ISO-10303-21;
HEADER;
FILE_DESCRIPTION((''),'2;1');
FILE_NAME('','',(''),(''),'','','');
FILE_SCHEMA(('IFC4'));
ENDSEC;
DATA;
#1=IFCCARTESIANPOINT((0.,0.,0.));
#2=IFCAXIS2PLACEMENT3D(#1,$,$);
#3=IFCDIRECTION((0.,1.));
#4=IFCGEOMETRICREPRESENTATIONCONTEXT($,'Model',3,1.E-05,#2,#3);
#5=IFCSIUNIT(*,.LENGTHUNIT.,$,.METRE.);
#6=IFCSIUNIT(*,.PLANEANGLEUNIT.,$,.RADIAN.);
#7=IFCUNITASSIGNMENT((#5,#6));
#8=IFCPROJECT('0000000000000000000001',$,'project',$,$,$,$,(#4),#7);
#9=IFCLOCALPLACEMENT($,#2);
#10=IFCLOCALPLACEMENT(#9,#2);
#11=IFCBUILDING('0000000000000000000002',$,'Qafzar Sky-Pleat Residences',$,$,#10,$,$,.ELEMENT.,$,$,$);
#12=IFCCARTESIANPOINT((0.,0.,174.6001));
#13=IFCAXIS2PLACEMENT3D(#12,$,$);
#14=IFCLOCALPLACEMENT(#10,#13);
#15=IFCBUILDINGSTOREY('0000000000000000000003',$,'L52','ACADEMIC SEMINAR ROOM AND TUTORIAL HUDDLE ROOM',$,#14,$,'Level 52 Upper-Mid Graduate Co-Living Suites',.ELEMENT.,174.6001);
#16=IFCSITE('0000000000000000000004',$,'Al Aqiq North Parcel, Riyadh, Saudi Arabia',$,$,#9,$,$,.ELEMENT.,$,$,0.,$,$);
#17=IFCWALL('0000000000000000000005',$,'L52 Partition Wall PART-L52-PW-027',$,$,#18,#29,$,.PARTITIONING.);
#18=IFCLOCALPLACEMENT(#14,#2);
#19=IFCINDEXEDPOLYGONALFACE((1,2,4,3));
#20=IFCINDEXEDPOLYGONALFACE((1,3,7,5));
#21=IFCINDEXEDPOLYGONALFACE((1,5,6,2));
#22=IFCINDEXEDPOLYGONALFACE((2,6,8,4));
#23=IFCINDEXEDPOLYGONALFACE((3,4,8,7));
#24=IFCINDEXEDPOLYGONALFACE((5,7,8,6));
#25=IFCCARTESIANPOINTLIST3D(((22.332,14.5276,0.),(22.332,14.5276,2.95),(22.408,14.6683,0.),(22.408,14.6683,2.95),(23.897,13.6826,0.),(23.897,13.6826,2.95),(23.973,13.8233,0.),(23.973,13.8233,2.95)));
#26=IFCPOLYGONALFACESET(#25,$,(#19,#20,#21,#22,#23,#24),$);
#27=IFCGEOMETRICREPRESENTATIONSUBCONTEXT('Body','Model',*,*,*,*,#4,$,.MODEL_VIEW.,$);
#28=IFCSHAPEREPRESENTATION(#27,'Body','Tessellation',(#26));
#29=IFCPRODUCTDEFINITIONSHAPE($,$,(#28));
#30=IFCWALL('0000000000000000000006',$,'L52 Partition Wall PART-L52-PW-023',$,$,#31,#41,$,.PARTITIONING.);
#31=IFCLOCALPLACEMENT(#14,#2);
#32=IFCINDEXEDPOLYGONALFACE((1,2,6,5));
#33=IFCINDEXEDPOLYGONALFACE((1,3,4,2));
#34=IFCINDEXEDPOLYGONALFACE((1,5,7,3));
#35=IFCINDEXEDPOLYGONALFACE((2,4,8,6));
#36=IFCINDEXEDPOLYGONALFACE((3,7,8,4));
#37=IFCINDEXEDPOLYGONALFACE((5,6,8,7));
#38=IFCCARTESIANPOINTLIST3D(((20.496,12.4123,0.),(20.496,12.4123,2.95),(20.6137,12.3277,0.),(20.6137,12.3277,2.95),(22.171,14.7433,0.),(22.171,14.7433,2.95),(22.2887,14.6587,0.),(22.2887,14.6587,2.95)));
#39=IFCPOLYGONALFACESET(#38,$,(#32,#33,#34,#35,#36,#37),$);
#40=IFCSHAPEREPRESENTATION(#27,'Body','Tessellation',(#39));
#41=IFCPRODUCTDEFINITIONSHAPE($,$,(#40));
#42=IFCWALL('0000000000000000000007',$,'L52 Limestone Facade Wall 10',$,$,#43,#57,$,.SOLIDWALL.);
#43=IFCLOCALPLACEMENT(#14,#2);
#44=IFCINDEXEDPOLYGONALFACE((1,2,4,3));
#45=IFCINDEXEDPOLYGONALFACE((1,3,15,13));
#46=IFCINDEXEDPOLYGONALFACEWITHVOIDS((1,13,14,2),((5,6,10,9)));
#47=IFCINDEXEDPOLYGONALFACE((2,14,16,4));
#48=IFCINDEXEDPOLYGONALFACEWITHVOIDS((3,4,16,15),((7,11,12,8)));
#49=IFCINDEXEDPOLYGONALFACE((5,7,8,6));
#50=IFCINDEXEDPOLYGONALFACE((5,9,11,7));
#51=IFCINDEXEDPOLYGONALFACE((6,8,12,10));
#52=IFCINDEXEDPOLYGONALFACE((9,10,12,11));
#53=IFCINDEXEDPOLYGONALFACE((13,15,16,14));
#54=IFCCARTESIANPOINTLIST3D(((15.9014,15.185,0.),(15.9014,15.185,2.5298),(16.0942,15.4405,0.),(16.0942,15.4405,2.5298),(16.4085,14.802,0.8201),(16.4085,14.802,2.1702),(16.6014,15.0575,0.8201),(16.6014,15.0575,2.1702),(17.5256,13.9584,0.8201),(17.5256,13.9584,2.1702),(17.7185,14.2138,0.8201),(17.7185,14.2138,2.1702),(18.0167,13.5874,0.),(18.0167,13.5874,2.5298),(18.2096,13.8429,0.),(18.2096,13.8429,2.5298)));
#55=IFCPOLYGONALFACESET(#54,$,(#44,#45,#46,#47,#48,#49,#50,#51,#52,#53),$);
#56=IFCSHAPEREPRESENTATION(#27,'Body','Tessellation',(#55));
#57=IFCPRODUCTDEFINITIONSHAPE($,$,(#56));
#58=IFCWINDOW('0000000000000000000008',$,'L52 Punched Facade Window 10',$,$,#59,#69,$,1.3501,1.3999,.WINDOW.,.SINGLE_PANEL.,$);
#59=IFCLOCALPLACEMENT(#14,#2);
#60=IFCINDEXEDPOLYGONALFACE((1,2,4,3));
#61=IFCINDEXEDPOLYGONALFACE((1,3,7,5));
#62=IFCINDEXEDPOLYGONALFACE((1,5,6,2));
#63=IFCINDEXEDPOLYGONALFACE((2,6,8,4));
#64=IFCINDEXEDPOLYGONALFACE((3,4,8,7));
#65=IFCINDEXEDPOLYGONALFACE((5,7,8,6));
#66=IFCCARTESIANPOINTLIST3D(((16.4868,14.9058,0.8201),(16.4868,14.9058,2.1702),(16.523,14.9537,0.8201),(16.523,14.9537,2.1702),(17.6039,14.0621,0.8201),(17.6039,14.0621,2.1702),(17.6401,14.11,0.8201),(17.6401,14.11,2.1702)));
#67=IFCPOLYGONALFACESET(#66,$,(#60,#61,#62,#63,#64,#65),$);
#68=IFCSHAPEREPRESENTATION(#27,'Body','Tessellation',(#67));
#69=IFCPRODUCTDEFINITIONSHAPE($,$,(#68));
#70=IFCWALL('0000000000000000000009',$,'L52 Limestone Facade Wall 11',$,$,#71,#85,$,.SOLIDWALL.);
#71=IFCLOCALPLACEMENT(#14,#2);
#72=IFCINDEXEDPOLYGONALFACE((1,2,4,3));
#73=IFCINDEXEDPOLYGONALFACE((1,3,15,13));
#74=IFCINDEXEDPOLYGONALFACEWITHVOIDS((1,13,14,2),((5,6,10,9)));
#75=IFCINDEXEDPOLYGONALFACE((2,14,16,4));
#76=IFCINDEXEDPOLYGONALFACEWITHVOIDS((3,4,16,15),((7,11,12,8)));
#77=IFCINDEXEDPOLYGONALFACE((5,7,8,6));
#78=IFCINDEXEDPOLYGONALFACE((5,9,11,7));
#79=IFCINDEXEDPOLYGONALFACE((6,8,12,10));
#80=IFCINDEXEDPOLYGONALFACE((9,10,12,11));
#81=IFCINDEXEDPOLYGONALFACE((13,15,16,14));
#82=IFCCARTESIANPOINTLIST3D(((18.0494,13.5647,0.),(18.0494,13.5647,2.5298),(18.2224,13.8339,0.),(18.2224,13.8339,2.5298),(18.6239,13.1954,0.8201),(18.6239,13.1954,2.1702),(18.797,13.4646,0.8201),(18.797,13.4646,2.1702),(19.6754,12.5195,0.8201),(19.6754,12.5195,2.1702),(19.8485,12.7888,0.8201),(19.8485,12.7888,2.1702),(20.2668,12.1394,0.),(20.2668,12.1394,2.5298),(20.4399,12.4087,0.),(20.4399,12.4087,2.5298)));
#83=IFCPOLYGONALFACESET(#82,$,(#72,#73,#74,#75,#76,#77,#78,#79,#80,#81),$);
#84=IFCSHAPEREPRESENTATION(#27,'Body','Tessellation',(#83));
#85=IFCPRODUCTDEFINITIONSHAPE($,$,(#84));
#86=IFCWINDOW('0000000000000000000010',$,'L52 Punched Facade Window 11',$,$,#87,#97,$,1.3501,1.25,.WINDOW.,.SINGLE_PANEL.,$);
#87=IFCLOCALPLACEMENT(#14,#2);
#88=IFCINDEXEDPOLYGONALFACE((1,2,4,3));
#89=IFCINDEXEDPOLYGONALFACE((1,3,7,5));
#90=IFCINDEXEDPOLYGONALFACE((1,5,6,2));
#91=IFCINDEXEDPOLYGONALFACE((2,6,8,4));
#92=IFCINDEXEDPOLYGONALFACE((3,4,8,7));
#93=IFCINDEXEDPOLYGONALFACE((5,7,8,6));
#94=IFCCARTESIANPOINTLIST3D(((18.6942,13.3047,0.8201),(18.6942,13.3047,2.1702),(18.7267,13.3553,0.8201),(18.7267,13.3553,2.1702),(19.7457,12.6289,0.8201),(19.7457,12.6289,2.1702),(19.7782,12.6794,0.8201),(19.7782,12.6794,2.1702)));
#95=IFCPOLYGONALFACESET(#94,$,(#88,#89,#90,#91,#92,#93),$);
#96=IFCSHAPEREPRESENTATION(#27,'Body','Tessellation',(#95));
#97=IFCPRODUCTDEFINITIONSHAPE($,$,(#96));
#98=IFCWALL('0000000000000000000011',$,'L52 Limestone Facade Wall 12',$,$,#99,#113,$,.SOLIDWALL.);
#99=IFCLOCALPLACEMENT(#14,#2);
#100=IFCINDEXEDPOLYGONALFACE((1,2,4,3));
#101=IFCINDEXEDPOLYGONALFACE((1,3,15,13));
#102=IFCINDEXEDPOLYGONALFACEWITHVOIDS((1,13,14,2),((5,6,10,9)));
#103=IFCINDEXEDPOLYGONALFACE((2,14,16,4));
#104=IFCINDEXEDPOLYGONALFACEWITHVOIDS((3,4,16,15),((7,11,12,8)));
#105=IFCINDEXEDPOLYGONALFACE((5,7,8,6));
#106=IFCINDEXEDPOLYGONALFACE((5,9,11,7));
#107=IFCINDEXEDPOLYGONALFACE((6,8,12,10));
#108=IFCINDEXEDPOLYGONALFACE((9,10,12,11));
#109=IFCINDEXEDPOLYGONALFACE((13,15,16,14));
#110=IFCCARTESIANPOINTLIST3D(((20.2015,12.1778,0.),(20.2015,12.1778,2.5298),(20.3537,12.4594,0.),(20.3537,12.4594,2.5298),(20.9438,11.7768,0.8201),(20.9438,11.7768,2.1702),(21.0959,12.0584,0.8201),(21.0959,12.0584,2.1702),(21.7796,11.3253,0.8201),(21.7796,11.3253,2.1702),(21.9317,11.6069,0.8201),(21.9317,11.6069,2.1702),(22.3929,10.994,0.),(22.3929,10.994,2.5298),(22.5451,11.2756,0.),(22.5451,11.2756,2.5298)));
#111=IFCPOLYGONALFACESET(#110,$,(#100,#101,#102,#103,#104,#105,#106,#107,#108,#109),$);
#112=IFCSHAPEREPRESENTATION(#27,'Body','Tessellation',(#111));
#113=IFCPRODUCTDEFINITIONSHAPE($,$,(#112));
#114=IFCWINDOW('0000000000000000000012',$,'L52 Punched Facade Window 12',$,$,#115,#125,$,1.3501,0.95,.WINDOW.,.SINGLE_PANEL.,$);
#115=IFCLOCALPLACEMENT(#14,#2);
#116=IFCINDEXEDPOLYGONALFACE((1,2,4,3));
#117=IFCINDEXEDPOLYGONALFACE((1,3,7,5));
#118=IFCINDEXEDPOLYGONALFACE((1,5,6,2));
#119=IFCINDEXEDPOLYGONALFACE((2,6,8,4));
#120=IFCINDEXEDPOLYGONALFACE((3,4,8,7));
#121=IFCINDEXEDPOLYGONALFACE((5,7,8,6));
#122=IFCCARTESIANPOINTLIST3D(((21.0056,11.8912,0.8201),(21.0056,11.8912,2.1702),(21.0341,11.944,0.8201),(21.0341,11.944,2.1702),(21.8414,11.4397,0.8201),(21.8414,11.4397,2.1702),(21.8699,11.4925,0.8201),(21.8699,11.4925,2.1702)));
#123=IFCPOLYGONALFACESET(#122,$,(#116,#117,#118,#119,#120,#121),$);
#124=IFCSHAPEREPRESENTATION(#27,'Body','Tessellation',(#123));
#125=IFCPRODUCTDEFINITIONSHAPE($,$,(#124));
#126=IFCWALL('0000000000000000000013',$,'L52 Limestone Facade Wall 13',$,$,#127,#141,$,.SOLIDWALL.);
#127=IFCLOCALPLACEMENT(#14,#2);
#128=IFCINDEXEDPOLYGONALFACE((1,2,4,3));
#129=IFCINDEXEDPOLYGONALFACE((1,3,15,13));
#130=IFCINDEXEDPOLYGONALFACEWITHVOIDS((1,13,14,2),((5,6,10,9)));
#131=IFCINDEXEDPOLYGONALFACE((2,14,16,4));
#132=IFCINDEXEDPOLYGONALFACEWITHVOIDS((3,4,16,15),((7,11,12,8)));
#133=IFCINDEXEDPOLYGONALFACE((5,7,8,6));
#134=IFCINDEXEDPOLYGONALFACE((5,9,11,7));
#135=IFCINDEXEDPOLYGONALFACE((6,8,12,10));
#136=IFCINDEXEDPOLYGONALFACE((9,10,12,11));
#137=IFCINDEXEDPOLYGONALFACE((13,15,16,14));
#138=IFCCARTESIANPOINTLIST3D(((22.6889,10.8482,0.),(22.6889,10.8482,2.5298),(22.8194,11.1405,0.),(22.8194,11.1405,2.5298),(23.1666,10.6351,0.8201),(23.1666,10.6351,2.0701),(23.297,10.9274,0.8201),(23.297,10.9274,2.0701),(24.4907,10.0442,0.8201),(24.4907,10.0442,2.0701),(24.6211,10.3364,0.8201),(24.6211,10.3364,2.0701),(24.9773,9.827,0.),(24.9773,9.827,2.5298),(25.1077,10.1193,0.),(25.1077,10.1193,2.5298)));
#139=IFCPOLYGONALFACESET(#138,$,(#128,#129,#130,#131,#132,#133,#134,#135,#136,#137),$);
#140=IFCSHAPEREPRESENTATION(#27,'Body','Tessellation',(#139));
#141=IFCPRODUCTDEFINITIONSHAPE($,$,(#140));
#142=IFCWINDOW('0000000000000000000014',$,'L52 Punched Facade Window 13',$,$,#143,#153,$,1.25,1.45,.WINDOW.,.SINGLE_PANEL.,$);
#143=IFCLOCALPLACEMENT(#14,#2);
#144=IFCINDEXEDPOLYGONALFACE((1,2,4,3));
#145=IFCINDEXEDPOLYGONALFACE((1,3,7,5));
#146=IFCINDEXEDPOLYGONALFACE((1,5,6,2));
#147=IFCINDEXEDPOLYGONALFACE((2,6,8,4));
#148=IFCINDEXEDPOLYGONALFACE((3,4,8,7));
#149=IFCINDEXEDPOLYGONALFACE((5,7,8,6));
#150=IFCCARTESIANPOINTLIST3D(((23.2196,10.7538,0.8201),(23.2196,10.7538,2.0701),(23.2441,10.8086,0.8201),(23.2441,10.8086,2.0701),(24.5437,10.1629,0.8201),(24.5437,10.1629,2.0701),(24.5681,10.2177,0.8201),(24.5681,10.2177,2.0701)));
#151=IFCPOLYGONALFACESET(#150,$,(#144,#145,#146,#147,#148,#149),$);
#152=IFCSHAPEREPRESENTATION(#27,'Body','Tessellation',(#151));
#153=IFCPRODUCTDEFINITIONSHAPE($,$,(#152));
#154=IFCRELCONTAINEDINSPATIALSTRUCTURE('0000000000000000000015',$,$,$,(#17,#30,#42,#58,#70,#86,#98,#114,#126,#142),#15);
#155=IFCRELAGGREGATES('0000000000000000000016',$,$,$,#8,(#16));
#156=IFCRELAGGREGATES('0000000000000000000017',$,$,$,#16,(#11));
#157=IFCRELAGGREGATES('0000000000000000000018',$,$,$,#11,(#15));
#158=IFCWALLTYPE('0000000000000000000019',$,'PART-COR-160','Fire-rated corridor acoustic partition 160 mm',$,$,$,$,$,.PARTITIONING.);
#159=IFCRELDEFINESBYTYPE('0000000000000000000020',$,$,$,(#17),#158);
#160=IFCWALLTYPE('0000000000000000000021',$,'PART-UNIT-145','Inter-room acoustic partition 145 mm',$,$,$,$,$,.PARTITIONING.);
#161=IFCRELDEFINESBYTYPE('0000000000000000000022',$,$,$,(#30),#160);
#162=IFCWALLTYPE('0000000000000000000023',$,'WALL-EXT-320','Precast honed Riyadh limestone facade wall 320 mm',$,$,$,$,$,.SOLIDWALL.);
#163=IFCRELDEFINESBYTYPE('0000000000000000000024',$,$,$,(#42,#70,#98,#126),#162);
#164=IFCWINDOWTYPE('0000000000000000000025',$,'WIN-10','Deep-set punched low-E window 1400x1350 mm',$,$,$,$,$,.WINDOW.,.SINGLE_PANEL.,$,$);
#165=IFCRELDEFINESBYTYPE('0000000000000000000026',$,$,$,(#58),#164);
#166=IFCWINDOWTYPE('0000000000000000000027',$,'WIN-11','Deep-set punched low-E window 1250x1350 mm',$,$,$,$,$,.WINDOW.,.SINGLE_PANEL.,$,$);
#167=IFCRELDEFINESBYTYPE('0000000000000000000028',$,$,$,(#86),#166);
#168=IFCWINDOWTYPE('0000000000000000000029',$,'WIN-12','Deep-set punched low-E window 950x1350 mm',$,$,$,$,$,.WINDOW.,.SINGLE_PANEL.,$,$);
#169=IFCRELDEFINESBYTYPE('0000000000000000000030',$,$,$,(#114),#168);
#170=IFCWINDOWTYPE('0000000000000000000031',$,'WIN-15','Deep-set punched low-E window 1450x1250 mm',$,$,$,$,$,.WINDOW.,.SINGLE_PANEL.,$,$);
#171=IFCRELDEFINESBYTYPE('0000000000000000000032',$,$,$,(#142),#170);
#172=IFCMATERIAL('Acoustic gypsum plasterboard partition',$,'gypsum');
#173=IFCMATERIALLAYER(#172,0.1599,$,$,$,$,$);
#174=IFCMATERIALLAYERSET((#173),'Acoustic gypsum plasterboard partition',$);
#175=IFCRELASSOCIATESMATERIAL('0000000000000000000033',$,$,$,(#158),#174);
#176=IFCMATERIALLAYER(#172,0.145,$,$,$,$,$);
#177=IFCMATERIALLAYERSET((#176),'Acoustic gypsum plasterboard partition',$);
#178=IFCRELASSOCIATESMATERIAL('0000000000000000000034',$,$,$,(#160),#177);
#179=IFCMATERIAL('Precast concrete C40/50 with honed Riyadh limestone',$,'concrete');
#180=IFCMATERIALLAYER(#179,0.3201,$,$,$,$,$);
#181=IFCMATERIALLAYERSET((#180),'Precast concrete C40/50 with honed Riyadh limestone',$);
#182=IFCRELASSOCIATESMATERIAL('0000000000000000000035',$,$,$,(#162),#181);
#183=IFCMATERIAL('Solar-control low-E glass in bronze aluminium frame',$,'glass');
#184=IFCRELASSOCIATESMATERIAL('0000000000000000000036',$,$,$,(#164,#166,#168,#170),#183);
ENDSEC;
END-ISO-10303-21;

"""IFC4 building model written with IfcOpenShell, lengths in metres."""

from ifc_helpers import new_model, si_unit, direction, frame, frame_2d, origin, place, context, subcontext, project, spatial, rectangle, extrude, source, transform, mapped, material, layer, layer_set, type_object, element, fill, save


model = new_model("IFC4")

# Units and contexts
model_context = context("Model", 3, precision=1e-05, world=origin(), true_north=direction((0.0, 1.0)))
body_context = subcontext(model_context, "Body", "Model", "MODEL_VIEW")
ifc_project = project(units=[si_unit("LENGTHUNIT", "METRE"), si_unit("PLANEANGLEUNIT", "RADIAN")], contexts=[model_context])

# Site, building, storey
site_placement = place(None, origin())
site = spatial("IfcSite", under=ifc_project, at=site_placement, Name="Al Aqiq North Parcel, Riyadh, Saudi Arabia", CompositionType="ELEMENT", RefElevation=0.0)
building_placement = place(site_placement, origin())
building = spatial("IfcBuilding", under=site, at=building_placement, Name="Qafzar Sky-Pleat Residences", CompositionType="ELEMENT")
storey_placement = place(building_placement, frame((0.0, 0.0, 174.6001)))
storey = spatial("IfcBuildingStorey", under=building, at=storey_placement, Name="L52", Description="ACADEMIC SEMINAR ROOM AND TUTORIAL HUDDLE ROOM", LongName="Level 52 Upper-Mid Graduate Co-Living Suites", CompositionType="ELEMENT", Elevation=174.6001)

# Shared definitions
ifc_material_1 = material(Name="Acoustic gypsum plasterboard partition", Category="gypsum")
ifc_layer_1 = layer(ifc_material_1, 0.1599)
ifc_layer_set_1 = layer_set([ifc_layer_1], Name="Acoustic gypsum plasterboard partition")
wall_type_1 = type_object("IfcWallType", Name="PART-COR-160", Description="Fire-rated corridor acoustic partition 160 mm", PredefinedType="PARTITIONING", material=ifc_layer_set_1)

# Walls
wall_1_placement = place(storey_placement, frame((22.3701, 14.5979, 0.0), z_axis=(0.0, 0.0, 1.0), x_axis=(0.879928, -0.475106, 0.0)))
element("IfcWall", 1, at=wall_1_placement, inside=storey, type_object=wall_type_1, Name="L52 Partition Wall PART-L52-PW-027", PredefinedType="PARTITIONING", context=body_context, shape_type="SweptSolid", body=[
    extrude(rectangle(XDim=1.7786, YDim=0.1599, at=frame_2d((0.8892, 0.0))), origin(), (0.0, 0.0, 1.0), 2.95),
])
ifc_layer_2 = layer(ifc_material_1, 0.145)
ifc_layer_set_2 = layer_set([ifc_layer_2], Name="Acoustic gypsum plasterboard partition")
wall_type_2 = type_object("IfcWallType", Name="PART-UNIT-145", Description="Inter-room acoustic partition 145 mm", PredefinedType="PARTITIONING", material=ifc_layer_set_2)
wall_2_placement = place(storey_placement, frame((20.5549, 12.3701, 0.0), z_axis=(0.0, 0.0, 1.0), x_axis=(0.583545, 0.812081, 0.0)))
element("IfcWall", 2, at=wall_2_placement, inside=storey, type_object=wall_type_2, Name="L52 Partition Wall PART-L52-PW-023", PredefinedType="PARTITIONING", context=body_context, shape_type="SweptSolid", body=[
    extrude(rectangle(XDim=2.8704, YDim=0.145, at=frame_2d((1.4351, 0.0))), origin(), (0.0, 0.0, 1.0), 2.95),
])

# Walls, openings, windows
ifc_material_2 = material(Name="Precast concrete C40/50 with honed Riyadh limestone", Category="concrete")
ifc_layer_3 = layer(ifc_material_2, 0.3201)
ifc_layer_set_3 = layer_set([ifc_layer_3], Name="Precast concrete C40/50 with honed Riyadh limestone")
wall_type_3 = type_object("IfcWallType", Name="WALL-EXT-320", Description="Precast honed Riyadh limestone facade wall 320 mm", PredefinedType="SOLIDWALL", material=ifc_layer_set_3)
wall_3_placement = place(storey_placement, frame((15.9978, 15.3127, 0.0), z_axis=(0.0, 0.0, 1.0), x_axis=(0.797995, -0.602664, 0.0)))
wall_3 = element("IfcWall", 3, at=wall_3_placement, inside=storey, type_object=wall_type_3, Name="L52 Limestone Facade Wall 10", PredefinedType="SOLIDWALL", context=body_context, shape_type="SweptSolid", body=[
    extrude(rectangle(XDim=2.6509, YDim=0.3201, at=frame_2d((1.3254, 0.0))), origin(), (0.0, 0.0, 1.0), 2.5298),
])
opening_1_placement = place(wall_3_placement, frame((0.6355, 0.0, 0.8201)))
opening_1 = element("IfcOpeningElement", 4, at=opening_1_placement, cuts=wall_3, PredefinedType="OPENING", context=body_context, shape_type="SweptSolid", body=[
    extrude(rectangle(XDim=1.3999, YDim=1.3501, at=frame_2d((0.7, 0.675))), frame((0.0, 0.1699, 0.0), z_axis=(0.0, -1.0, 0.0), x_axis=(1.0, 0.0, 0.0)), (0.0, 0.0, 1.0), 0.3401),
])
ifc_material_3 = material(Name="Solar-control low-E glass in bronze aluminium frame", Category="glass")
window_type_1 = type_object("IfcWindowType", Name="WIN-10", Description="Deep-set punched low-E window 1400x1350 mm", PartitioningType="SINGLE_PANEL", PredefinedType="WINDOW", material=ifc_material_3)
shared_shape_1 = source(origin(), body_context, "Body", "SweptSolid", [
    extrude(rectangle(XDim=1.3999, YDim=1.3501, at=frame_2d((0.7, 0.675))), frame((0.0, 0.03, 0.0), z_axis=(0.0, -1.0, 0.0), x_axis=(1.0, 0.0, 0.0)), (0.0, 0.0, 1.0), 0.0601),
])
window_1_placement = place(opening_1_placement, origin())
window_1 = element("IfcWindow", 5, at=window_1_placement, inside=storey, type_object=window_type_1, Name="L52 Punched Facade Window 10", OverallHeight=1.3501, OverallWidth=1.3999, PartitioningType="SINGLE_PANEL", PredefinedType="WINDOW", context=body_context, shape_type="MappedRepresentation", body=[
    mapped(shared_shape_1, transform((0.0, 0.0, 0.0), x_axis=(1.0, 0.0, 0.0), y_axis=(0.0, 1.0, 0.0), z_axis=(0.0, 0.0, 1.0), scale=1.0)),
])
fill(opening_1, window_1)
wall_4_placement = place(storey_placement, frame((18.136, 13.6992, 0.0), z_axis=(0.0, 0.0, 1.0), x_axis=(0.841224, -0.540687, 0.0)))
wall_4 = element("IfcWall", 6, at=wall_4_placement, inside=storey, type_object=wall_type_3, Name="L52 Limestone Facade Wall 11", PredefinedType="SOLIDWALL", context=body_context, shape_type="SweptSolid", body=[
    extrude(rectangle(XDim=2.636, YDim=0.3201, at=frame_2d((1.3179, 0.0))), origin(), (0.0, 0.0, 1.0), 2.5298),
])
opening_2_placement = place(wall_4_placement, frame((0.6829, 0.0, 0.8201)))
opening_2 = element("IfcOpeningElement", 7, at=opening_2_placement, cuts=wall_4, PredefinedType="OPENING", context=body_context, shape_type="SweptSolid", body=[
    extrude(rectangle(XDim=1.25, YDim=1.3501, at=frame_2d((0.625, 0.675))), frame((0.0, 0.1699, 0.0), z_axis=(0.0, -1.0, 0.0), x_axis=(1.0, 0.0, 0.0)), (0.0, 0.0, 1.0), 0.3401),
])
window_type_2 = type_object("IfcWindowType", Name="WIN-11", Description="Deep-set punched low-E window 1250x1350 mm", PartitioningType="SINGLE_PANEL", PredefinedType="WINDOW", material=ifc_material_3)
shared_shape_2 = source(origin(), body_context, "Body", "SweptSolid", [
    extrude(rectangle(XDim=1.25, YDim=1.3501, at=frame_2d((0.625, 0.675))), frame((0.0, 0.03, 0.0), z_axis=(0.0, -1.0, 0.0), x_axis=(1.0, 0.0, 0.0)), (0.0, 0.0, 1.0), 0.0601),
])
window_2_placement = place(opening_2_placement, origin())
window_2 = element("IfcWindow", 8, at=window_2_placement, inside=storey, type_object=window_type_2, Name="L52 Punched Facade Window 11", OverallHeight=1.3501, OverallWidth=1.25, PartitioningType="SINGLE_PANEL", PredefinedType="WINDOW", context=body_context, shape_type="MappedRepresentation", body=[
    mapped(shared_shape_2, transform((0.0, 0.0, 0.0), x_axis=(1.0, 0.0, 0.0), y_axis=(0.0, 1.0, 0.0), z_axis=(0.0, 0.0, 1.0), scale=1.0)),
])
fill(opening_2, window_2)
wall_5_placement = place(storey_placement, frame((20.2776, 12.3186, 0.0), z_axis=(0.0, 0.0, 1.0), x_axis=(0.879825, -0.475298, 0.0)))
wall_5 = element("IfcWall", 9, at=wall_5_placement, inside=storey, type_object=wall_type_3, Name="L52 Limestone Facade Wall 12", PredefinedType="SOLIDWALL", context=body_context, shape_type="SweptSolid", body=[
    extrude(rectangle(XDim=2.4907, YDim=0.3201, at=frame_2d((1.2454, 0.0))), origin(), (0.0, 0.0, 1.0), 2.5298),
])
opening_3_placement = place(wall_5_placement, frame((0.8435, 0.0, 0.8201)))
opening_3 = element("IfcOpeningElement", 10, at=opening_3_placement, cuts=wall_5, PredefinedType="OPENING", context=body_context, shape_type="SweptSolid", body=[
    extrude(rectangle(XDim=0.95, YDim=1.3501, at=frame_2d((0.4751, 0.675))), frame((0.0, 0.1699, 0.0), z_axis=(0.0, -1.0, 0.0), x_axis=(1.0, 0.0, 0.0)), (0.0, 0.0, 1.0), 0.3401),
])
window_type_3 = type_object("IfcWindowType", Name="WIN-12", Description="Deep-set punched low-E window 950x1350 mm", PartitioningType="SINGLE_PANEL", PredefinedType="WINDOW", material=ifc_material_3)
shared_shape_3 = source(origin(), body_context, "Body", "SweptSolid", [
    extrude(rectangle(XDim=0.95, YDim=1.3501, at=frame_2d((0.4751, 0.675))), frame((0.0, 0.03, 0.0), z_axis=(0.0, -1.0, 0.0), x_axis=(1.0, 0.0, 0.0)), (0.0, 0.0, 1.0), 0.0601),
])
window_3_placement = place(opening_3_placement, origin())
window_3 = element("IfcWindow", 11, at=window_3_placement, inside=storey, type_object=window_type_3, Name="L52 Punched Facade Window 12", OverallHeight=1.3501, OverallWidth=0.95, PartitioningType="SINGLE_PANEL", PredefinedType="WINDOW", context=body_context, shape_type="MappedRepresentation", body=[
    mapped(shared_shape_3, transform((0.0, 0.0, 0.0), x_axis=(1.0, 0.0, 0.0), y_axis=(0.0, 1.0, 0.0), z_axis=(0.0, 0.0, 1.0), scale=1.0)),
])
fill(opening_3, window_3)
wall_6_placement = place(storey_placement, frame((22.7542, 10.9944, 0.0), z_axis=(0.0, 0.0, 1.0), x_axis=(0.913188, -0.407539, 0.0)))
wall_6 = element("IfcWall", 12, at=wall_6_placement, inside=storey, type_object=wall_type_3, Name="L52 Limestone Facade Wall 13", PredefinedType="SOLIDWALL", context=body_context, shape_type="SweptSolid", body=[
    extrude(rectangle(XDim=2.5059, YDim=0.3201, at=frame_2d((1.2529, 0.0))), origin(), (0.0, 0.0, 1.0), 2.5298),
])
opening_4_placement = place(wall_6_placement, frame((0.5229, 0.0, 0.8201)))
opening_4 = element("IfcOpeningElement", 13, at=opening_4_placement, cuts=wall_6, PredefinedType="OPENING", context=body_context, shape_type="SweptSolid", body=[
    extrude(rectangle(XDim=1.45, YDim=1.25, at=frame_2d((0.7251, 0.625))), frame((0.0, 0.1699, 0.0), z_axis=(0.0, -1.0, 0.0), x_axis=(1.0, 0.0, 0.0)), (0.0, 0.0, 1.0), 0.3401),
])
window_type_4 = type_object("IfcWindowType", Name="WIN-15", Description="Deep-set punched low-E window 1450x1250 mm", PartitioningType="SINGLE_PANEL", PredefinedType="WINDOW", material=ifc_material_3)
shared_shape_4 = source(origin(), body_context, "Body", "SweptSolid", [
    extrude(rectangle(XDim=1.45, YDim=1.25, at=frame_2d((0.7251, 0.625))), frame((0.0, 0.03, 0.0), z_axis=(0.0, -1.0, 0.0), x_axis=(1.0, 0.0, 0.0)), (0.0, 0.0, 1.0), 0.0601),
])
window_4_placement = place(opening_4_placement, origin())
window_4 = element("IfcWindow", 14, at=window_4_placement, inside=storey, type_object=window_type_4, Name="L52 Punched Facade Window 13", OverallHeight=1.25, OverallWidth=1.45, PartitioningType="SINGLE_PANEL", PredefinedType="WINDOW", context=body_context, shape_type="MappedRepresentation", body=[
    mapped(shared_shape_4, transform((0.0, 0.0, 0.0), x_axis=(1.0, 0.0, 0.0), y_axis=(0.0, 1.0, 0.0), z_axis=(0.0, 0.0, 1.0), scale=1.0)),
])
fill(opening_4, window_4)

save(model, "model.ifc")
